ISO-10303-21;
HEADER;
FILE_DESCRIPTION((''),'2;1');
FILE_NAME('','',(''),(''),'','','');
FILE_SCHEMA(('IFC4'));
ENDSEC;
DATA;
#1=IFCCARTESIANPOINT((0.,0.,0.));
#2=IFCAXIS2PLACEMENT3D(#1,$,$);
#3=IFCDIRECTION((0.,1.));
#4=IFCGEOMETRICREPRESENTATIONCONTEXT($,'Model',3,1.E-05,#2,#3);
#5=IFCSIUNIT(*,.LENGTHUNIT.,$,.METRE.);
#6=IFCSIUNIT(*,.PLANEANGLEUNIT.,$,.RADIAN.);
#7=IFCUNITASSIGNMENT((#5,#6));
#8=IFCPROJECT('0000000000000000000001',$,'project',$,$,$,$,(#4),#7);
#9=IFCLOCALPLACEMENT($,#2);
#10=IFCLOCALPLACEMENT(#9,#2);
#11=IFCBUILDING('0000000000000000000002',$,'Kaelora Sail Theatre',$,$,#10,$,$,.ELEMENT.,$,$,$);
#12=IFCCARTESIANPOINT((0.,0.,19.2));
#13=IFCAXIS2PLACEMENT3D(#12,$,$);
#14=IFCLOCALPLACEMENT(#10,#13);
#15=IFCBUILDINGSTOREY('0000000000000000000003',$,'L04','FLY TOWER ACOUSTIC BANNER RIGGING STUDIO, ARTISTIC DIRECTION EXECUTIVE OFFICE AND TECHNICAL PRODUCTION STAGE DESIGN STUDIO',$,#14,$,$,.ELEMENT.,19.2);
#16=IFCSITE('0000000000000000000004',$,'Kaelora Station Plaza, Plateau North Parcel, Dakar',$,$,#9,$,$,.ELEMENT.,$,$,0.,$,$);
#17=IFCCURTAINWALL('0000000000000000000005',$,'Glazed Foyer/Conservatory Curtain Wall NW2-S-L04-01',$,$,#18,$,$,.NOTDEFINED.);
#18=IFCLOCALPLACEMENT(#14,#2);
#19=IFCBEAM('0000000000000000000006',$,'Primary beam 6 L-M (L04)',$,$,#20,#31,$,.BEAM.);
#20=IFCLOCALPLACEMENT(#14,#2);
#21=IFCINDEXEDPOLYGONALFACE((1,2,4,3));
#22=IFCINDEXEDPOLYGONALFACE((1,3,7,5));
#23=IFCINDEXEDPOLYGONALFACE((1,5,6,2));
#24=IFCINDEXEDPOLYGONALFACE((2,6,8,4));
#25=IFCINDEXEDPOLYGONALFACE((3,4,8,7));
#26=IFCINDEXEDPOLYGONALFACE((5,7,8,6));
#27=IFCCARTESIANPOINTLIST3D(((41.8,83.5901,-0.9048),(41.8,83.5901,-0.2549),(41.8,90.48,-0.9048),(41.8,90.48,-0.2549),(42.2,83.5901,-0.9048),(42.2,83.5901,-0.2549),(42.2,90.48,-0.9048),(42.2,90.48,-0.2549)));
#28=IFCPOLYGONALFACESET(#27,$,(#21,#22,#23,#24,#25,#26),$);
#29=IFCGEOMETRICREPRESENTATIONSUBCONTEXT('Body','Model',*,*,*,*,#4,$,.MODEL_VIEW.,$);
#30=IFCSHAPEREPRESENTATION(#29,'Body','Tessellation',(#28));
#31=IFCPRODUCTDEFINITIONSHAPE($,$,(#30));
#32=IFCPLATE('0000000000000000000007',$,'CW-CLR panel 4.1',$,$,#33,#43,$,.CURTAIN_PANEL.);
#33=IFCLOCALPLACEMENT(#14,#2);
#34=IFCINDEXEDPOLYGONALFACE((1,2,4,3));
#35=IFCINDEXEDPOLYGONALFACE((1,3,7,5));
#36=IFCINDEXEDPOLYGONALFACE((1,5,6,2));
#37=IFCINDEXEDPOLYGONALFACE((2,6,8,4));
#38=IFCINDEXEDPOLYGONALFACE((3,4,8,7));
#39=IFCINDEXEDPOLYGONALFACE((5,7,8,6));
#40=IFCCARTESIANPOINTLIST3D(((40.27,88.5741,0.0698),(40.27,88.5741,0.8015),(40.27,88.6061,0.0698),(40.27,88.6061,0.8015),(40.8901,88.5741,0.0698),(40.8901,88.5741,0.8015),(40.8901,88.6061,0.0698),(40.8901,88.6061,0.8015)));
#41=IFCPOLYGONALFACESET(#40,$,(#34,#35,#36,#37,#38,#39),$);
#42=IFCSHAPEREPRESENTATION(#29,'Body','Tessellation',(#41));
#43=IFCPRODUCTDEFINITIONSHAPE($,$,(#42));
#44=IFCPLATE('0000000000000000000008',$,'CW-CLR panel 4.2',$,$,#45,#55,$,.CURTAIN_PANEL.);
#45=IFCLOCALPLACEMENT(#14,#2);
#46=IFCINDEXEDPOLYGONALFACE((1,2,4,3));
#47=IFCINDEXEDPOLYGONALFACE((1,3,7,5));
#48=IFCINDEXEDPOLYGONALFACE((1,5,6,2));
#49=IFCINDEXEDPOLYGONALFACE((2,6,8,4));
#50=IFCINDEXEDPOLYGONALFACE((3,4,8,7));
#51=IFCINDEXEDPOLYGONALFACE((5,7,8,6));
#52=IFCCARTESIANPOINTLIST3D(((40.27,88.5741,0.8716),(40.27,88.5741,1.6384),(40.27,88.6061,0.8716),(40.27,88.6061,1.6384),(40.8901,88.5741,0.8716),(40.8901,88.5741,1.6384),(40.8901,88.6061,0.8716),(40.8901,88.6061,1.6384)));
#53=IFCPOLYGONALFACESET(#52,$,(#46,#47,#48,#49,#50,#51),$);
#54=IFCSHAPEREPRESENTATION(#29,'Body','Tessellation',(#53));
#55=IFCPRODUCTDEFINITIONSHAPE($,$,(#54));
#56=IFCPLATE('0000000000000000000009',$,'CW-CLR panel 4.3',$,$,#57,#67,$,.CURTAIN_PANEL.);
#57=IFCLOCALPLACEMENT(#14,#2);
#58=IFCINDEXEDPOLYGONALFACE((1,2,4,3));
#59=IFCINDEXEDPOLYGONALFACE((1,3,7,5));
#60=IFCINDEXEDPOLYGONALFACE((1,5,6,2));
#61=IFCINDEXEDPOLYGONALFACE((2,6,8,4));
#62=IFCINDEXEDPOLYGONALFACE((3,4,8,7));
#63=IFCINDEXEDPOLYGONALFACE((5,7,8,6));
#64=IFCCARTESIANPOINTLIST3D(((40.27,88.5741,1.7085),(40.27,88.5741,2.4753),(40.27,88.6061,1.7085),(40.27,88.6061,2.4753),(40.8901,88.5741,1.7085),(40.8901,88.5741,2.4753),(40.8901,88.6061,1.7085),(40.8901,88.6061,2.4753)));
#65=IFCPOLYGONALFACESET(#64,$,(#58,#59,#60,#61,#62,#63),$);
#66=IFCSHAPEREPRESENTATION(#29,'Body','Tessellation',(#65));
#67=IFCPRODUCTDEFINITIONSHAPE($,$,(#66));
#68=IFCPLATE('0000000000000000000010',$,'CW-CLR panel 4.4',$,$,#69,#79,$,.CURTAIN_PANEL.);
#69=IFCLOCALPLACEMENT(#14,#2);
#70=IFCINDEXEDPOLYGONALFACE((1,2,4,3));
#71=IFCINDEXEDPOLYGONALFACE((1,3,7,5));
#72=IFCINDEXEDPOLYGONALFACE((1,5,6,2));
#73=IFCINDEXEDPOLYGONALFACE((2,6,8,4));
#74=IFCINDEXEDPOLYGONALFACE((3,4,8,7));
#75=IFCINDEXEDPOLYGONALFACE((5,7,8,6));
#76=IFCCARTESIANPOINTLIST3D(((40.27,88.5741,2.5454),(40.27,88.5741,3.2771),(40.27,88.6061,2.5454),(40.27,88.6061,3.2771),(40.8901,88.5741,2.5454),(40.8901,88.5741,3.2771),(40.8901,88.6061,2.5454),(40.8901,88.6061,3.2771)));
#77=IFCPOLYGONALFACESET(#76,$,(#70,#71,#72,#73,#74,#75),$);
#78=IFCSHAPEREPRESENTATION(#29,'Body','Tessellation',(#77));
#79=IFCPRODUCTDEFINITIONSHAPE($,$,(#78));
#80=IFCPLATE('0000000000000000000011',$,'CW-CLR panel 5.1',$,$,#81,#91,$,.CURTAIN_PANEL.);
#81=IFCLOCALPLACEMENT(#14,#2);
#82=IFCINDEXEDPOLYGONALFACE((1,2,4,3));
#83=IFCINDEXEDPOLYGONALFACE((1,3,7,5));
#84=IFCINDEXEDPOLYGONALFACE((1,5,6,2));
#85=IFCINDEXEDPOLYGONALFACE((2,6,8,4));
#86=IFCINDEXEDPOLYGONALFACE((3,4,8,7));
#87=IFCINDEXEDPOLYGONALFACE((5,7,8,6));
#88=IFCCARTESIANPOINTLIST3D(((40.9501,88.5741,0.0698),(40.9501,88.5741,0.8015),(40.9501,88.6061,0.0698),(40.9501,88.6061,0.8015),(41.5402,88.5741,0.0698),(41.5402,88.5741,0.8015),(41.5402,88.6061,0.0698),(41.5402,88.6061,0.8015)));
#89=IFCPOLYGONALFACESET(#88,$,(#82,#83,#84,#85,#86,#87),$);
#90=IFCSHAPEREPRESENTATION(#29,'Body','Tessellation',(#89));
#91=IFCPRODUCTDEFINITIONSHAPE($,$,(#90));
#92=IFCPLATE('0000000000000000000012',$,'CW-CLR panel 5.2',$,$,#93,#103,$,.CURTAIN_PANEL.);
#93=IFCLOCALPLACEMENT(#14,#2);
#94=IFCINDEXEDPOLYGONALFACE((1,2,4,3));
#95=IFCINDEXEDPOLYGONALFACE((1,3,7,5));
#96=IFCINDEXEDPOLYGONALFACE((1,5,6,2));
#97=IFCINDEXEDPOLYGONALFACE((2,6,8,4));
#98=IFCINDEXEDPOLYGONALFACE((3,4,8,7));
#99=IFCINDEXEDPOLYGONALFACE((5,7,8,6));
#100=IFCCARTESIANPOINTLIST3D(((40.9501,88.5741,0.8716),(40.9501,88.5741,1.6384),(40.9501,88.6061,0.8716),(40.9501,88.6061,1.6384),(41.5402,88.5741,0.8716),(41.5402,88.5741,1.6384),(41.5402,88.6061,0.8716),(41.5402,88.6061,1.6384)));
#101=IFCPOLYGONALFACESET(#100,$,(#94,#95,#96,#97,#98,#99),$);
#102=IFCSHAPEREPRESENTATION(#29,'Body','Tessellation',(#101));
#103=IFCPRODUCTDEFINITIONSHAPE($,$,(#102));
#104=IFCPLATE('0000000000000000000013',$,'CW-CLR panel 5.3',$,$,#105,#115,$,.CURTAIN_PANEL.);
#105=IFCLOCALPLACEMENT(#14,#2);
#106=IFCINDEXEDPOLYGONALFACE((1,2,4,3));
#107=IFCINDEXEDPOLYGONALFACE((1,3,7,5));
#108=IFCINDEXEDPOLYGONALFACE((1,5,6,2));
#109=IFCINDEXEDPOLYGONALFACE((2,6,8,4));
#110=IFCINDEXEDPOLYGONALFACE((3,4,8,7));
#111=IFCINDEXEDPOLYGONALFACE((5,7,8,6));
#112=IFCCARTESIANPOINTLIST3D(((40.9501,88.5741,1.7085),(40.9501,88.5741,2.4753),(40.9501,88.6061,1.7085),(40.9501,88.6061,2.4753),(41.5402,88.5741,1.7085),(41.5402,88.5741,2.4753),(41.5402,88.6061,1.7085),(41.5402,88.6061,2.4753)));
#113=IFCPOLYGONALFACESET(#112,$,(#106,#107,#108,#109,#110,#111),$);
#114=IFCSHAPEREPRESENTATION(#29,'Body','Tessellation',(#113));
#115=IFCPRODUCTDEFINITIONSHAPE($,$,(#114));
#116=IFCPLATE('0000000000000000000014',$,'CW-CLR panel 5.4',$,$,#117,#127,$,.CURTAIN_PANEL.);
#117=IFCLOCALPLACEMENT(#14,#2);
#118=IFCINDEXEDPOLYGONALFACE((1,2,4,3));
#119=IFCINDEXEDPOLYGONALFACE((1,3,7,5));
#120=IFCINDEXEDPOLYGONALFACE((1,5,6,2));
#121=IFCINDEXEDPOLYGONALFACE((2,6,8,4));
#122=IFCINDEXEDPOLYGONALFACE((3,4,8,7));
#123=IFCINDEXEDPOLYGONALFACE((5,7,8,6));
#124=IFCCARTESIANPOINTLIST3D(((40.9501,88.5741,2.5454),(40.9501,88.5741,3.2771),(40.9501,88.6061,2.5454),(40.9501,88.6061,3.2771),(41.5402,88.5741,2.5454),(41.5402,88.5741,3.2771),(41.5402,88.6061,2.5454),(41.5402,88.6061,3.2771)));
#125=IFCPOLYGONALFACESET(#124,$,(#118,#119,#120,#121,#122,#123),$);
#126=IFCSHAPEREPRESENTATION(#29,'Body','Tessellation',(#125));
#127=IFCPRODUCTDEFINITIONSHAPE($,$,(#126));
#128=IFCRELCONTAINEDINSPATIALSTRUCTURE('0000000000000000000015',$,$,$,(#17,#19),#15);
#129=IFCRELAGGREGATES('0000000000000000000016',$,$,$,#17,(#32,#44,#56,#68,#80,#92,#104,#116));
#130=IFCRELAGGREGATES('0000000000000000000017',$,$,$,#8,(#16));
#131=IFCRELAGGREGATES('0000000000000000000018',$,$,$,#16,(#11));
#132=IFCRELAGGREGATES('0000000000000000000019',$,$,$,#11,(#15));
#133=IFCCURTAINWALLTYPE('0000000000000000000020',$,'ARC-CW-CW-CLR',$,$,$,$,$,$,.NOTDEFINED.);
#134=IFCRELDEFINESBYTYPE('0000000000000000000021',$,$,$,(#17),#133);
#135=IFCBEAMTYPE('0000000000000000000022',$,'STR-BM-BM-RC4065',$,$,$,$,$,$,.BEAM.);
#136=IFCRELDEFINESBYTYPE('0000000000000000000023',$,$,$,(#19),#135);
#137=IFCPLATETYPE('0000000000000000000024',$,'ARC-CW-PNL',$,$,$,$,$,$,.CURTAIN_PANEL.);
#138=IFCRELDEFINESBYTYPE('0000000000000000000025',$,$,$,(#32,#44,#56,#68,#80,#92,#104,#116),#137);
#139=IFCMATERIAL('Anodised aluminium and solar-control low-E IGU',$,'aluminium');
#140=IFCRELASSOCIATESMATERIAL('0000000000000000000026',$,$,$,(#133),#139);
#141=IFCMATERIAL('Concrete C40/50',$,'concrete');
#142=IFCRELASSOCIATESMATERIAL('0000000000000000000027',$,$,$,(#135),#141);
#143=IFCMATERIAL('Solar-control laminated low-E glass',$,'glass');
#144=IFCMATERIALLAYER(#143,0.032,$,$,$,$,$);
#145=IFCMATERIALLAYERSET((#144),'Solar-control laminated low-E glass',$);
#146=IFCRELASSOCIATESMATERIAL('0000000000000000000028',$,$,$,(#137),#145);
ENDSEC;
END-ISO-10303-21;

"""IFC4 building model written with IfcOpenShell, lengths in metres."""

from ifc_helpers import new_model, si_unit, direction, frame, origin, origin_2d, place, context, subcontext, project, spatial, rectangle, extrude, material, layer, layer_set, material_profile, profile_set, type_object, element, aggregate, save


model = new_model("IFC4")

# Units and contexts
model_context = context("Model", 3, precision=1e-05, world=origin(), true_north=direction((0.0, 1.0)))
body_context = subcontext(model_context, "Body", "Model", "MODEL_VIEW")
ifc_project = project(units=[si_unit("LENGTHUNIT", "METRE"), si_unit("PLANEANGLEUNIT", "RADIAN")], contexts=[model_context])

# Site, building, storey
site_placement = place(None, origin())
site = spatial("IfcSite", under=ifc_project, at=site_placement, Name="Kaelora Station Plaza, Plateau North Parcel, Dakar", CompositionType="ELEMENT", RefElevation=0.0)
building_placement = place(site_placement, origin())
building = spatial("IfcBuilding", under=site, at=building_placement, Name="Kaelora Sail Theatre", CompositionType="ELEMENT")
storey_placement = place(building_placement, frame((0.0, 0.0, 19.2)))
storey = spatial("IfcBuildingStorey", under=building, at=storey_placement, Name="L04", Description="FLY TOWER ACOUSTIC BANNER RIGGING STUDIO, ARTISTIC DIRECTION EXECUTIVE OFFICE AND TECHNICAL PRODUCTION STAGE DESIGN STUDIO", CompositionType="ELEMENT", Elevation=19.2)

# Curtain wall
ifc_material_1 = material(Name="Anodised aluminium and solar-control low-E IGU", Category="aluminium")
curtain_wall_type = type_object("IfcCurtainWallType", Name="ARC-CW-CW-CLR", PredefinedType="NOTDEFINED", material=ifc_material_1)
curtain_wall_placement = place(storey_placement, origin())
curtain_wall = element("IfcCurtainWall", 1, at=curtain_wall_placement, inside=storey, type_object=curtain_wall_type, Name="Glazed Foyer/Conservatory Curtain Wall NW2-S-L04-01", PredefinedType="NOTDEFINED")

# Beam
ifc_material_2 = material(Name="Concrete C40/50", Category="concrete")
ifc_material_profile_1 = material_profile(ifc_material_2, rectangle(XDim=0.3999, YDim=0.6499, at=origin_2d()), Name="RC-BM 400x650")
ifc_profile_set_1 = profile_set([ifc_material_profile_1], Name="Concrete C40/50")
beam_type_1 = type_object("IfcBeamType", Name="STR-BM-BM-RC4065", PredefinedType="BEAM", material=ifc_profile_set_1)
beam_1_placement = place(storey_placement, frame((42.0, 83.5901, -0.5798), z_axis=(0.0, 1.0, 0.0), x_axis=(-1.0, 0.0, 0.0)))
element("IfcBeam", 2, at=beam_1_placement, inside=storey, type_object=beam_type_1, Name="Primary beam 6 L-M (L04)", PredefinedType="BEAM", context=body_context, shape_type="SweptSolid", body=[
    extrude(rectangle(XDim=0.3999, YDim=0.6499, at=origin_2d()), origin(), (0.0, 0.0, 1.0), 6.8899),
])

# Plates
ifc_material_3 = material(Name="Solar-control laminated low-E glass", Category="glass")
ifc_layer = layer(ifc_material_3, 0.032)
ifc_layer_set = layer_set([ifc_layer], Name="Solar-control laminated low-E glass")
plate_type = type_object("IfcPlateType", Name="ARC-CW-PNL", PredefinedType="CURTAIN_PANEL", material=ifc_layer_set)
plate_1_placement = place(storey_placement, frame((40.5801, 88.5901, 0.0698), z_axis=(0.0, 0.0, 1.0), x_axis=(1.0, 0.0, 0.0)))
plate_1 = element("IfcPlate", 3, at=plate_1_placement, type_object=plate_type, Name="CW-CLR panel 4.1", PredefinedType="CURTAIN_PANEL", context=body_context, shape_type="SweptSolid", body=[
    extrude(rectangle(XDim=0.6201, YDim=0.032, at=origin_2d()), origin(), (0.0, 0.0, 1.0), 0.7317),
])
plate_2_placement = place(storey_placement, frame((40.5801, 88.5901, 0.8716), z_axis=(0.0, 0.0, 1.0), x_axis=(1.0, 0.0, 0.0)))
plate_2 = element("IfcPlate", 4, at=plate_2_placement, type_object=plate_type, Name="CW-CLR panel 4.2", PredefinedType="CURTAIN_PANEL", context=body_context, shape_type="SweptSolid", body=[
    extrude(rectangle(XDim=0.6201, YDim=0.032, at=origin_2d()), origin(), (0.0, 0.0, 1.0), 0.7668),
])
plate_3_placement = place(storey_placement, frame((40.5801, 88.5901, 1.7085), z_axis=(0.0, 0.0, 1.0), x_axis=(1.0, 0.0, 0.0)))
plate_3 = element("IfcPlate", 5, at=plate_3_placement, type_object=plate_type, Name="CW-CLR panel 4.3", PredefinedType="CURTAIN_PANEL", context=body_context, shape_type="SweptSolid", body=[
    extrude(rectangle(XDim=0.6201, YDim=0.032, at=origin_2d()), origin(), (0.0, 0.0, 1.0), 0.7668),
])
plate_4_placement = place(storey_placement, frame((40.5801, 88.5901, 2.5454), z_axis=(0.0, 0.0, 1.0), x_axis=(1.0, 0.0, 0.0)))
plate_4 = element("IfcPlate", 6, at=plate_4_placement, type_object=plate_type, Name="CW-CLR panel 4.4", PredefinedType="CURTAIN_PANEL", context=body_context, shape_type="SweptSolid", body=[
    extrude(rectangle(XDim=0.6201, YDim=0.032, at=origin_2d()), origin(), (0.0, 0.0, 1.0), 0.7317),
])
plate_5_placement = place(storey_placement, frame((41.2451, 88.5901, 0.0698), z_axis=(0.0, 0.0, 1.0), x_axis=(1.0, 0.0, 0.0)))
plate_5 = element("IfcPlate", 7, at=plate_5_placement, type_object=plate_type, Name="CW-CLR panel 5.1", PredefinedType="CURTAIN_PANEL", context=body_context, shape_type="SweptSolid", body=[
    extrude(rectangle(XDim=0.5901, YDim=0.032, at=origin_2d()), origin(), (0.0, 0.0, 1.0), 0.7317),
])
plate_6_placement = place(storey_placement, frame((41.2451, 88.5901, 0.8716), z_axis=(0.0, 0.0, 1.0), x_axis=(1.0, 0.0, 0.0)))
plate_6 = element("IfcPlate", 8, at=plate_6_placement, type_object=plate_type, Name="CW-CLR panel 5.2", PredefinedType="CURTAIN_PANEL", context=body_context, shape_type="SweptSolid", body=[
    extrude(rectangle(XDim=0.5901, YDim=0.032, at=origin_2d()), origin(), (0.0, 0.0, 1.0), 0.7668),
])
plate_7_placement = place(storey_placement, frame((41.2451, 88.5901, 1.7085), z_axis=(0.0, 0.0, 1.0), x_axis=(1.0, 0.0, 0.0)))
plate_7 = element("IfcPlate", 9, at=plate_7_placement, type_object=plate_type, Name="CW-CLR panel 5.3", PredefinedType="CURTAIN_PANEL", context=body_context, shape_type="SweptSolid", body=[
    extrude(rectangle(XDim=0.5901, YDim=0.032, at=origin_2d()), origin(), (0.0, 0.0, 1.0), 0.7668),
])
plate_8_placement = place(storey_placement, frame((41.2451, 88.5901, 2.5454), z_axis=(0.0, 0.0, 1.0), x_axis=(1.0, 0.0, 0.0)))
plate_8 = element("IfcPlate", 10, at=plate_8_placement, type_object=plate_type, Name="CW-CLR panel 5.4", PredefinedType="CURTAIN_PANEL", context=body_context, shape_type="SweptSolid", body=[
    extrude(rectangle(XDim=0.5901, YDim=0.032, at=origin_2d()), origin(), (0.0, 0.0, 1.0), 0.7317),
])
aggregate(curtain_wall, [plate_1, plate_2, plate_3, plate_4, plate_5, plate_6, plate_7, plate_8])

save(model, "model.ifc")
